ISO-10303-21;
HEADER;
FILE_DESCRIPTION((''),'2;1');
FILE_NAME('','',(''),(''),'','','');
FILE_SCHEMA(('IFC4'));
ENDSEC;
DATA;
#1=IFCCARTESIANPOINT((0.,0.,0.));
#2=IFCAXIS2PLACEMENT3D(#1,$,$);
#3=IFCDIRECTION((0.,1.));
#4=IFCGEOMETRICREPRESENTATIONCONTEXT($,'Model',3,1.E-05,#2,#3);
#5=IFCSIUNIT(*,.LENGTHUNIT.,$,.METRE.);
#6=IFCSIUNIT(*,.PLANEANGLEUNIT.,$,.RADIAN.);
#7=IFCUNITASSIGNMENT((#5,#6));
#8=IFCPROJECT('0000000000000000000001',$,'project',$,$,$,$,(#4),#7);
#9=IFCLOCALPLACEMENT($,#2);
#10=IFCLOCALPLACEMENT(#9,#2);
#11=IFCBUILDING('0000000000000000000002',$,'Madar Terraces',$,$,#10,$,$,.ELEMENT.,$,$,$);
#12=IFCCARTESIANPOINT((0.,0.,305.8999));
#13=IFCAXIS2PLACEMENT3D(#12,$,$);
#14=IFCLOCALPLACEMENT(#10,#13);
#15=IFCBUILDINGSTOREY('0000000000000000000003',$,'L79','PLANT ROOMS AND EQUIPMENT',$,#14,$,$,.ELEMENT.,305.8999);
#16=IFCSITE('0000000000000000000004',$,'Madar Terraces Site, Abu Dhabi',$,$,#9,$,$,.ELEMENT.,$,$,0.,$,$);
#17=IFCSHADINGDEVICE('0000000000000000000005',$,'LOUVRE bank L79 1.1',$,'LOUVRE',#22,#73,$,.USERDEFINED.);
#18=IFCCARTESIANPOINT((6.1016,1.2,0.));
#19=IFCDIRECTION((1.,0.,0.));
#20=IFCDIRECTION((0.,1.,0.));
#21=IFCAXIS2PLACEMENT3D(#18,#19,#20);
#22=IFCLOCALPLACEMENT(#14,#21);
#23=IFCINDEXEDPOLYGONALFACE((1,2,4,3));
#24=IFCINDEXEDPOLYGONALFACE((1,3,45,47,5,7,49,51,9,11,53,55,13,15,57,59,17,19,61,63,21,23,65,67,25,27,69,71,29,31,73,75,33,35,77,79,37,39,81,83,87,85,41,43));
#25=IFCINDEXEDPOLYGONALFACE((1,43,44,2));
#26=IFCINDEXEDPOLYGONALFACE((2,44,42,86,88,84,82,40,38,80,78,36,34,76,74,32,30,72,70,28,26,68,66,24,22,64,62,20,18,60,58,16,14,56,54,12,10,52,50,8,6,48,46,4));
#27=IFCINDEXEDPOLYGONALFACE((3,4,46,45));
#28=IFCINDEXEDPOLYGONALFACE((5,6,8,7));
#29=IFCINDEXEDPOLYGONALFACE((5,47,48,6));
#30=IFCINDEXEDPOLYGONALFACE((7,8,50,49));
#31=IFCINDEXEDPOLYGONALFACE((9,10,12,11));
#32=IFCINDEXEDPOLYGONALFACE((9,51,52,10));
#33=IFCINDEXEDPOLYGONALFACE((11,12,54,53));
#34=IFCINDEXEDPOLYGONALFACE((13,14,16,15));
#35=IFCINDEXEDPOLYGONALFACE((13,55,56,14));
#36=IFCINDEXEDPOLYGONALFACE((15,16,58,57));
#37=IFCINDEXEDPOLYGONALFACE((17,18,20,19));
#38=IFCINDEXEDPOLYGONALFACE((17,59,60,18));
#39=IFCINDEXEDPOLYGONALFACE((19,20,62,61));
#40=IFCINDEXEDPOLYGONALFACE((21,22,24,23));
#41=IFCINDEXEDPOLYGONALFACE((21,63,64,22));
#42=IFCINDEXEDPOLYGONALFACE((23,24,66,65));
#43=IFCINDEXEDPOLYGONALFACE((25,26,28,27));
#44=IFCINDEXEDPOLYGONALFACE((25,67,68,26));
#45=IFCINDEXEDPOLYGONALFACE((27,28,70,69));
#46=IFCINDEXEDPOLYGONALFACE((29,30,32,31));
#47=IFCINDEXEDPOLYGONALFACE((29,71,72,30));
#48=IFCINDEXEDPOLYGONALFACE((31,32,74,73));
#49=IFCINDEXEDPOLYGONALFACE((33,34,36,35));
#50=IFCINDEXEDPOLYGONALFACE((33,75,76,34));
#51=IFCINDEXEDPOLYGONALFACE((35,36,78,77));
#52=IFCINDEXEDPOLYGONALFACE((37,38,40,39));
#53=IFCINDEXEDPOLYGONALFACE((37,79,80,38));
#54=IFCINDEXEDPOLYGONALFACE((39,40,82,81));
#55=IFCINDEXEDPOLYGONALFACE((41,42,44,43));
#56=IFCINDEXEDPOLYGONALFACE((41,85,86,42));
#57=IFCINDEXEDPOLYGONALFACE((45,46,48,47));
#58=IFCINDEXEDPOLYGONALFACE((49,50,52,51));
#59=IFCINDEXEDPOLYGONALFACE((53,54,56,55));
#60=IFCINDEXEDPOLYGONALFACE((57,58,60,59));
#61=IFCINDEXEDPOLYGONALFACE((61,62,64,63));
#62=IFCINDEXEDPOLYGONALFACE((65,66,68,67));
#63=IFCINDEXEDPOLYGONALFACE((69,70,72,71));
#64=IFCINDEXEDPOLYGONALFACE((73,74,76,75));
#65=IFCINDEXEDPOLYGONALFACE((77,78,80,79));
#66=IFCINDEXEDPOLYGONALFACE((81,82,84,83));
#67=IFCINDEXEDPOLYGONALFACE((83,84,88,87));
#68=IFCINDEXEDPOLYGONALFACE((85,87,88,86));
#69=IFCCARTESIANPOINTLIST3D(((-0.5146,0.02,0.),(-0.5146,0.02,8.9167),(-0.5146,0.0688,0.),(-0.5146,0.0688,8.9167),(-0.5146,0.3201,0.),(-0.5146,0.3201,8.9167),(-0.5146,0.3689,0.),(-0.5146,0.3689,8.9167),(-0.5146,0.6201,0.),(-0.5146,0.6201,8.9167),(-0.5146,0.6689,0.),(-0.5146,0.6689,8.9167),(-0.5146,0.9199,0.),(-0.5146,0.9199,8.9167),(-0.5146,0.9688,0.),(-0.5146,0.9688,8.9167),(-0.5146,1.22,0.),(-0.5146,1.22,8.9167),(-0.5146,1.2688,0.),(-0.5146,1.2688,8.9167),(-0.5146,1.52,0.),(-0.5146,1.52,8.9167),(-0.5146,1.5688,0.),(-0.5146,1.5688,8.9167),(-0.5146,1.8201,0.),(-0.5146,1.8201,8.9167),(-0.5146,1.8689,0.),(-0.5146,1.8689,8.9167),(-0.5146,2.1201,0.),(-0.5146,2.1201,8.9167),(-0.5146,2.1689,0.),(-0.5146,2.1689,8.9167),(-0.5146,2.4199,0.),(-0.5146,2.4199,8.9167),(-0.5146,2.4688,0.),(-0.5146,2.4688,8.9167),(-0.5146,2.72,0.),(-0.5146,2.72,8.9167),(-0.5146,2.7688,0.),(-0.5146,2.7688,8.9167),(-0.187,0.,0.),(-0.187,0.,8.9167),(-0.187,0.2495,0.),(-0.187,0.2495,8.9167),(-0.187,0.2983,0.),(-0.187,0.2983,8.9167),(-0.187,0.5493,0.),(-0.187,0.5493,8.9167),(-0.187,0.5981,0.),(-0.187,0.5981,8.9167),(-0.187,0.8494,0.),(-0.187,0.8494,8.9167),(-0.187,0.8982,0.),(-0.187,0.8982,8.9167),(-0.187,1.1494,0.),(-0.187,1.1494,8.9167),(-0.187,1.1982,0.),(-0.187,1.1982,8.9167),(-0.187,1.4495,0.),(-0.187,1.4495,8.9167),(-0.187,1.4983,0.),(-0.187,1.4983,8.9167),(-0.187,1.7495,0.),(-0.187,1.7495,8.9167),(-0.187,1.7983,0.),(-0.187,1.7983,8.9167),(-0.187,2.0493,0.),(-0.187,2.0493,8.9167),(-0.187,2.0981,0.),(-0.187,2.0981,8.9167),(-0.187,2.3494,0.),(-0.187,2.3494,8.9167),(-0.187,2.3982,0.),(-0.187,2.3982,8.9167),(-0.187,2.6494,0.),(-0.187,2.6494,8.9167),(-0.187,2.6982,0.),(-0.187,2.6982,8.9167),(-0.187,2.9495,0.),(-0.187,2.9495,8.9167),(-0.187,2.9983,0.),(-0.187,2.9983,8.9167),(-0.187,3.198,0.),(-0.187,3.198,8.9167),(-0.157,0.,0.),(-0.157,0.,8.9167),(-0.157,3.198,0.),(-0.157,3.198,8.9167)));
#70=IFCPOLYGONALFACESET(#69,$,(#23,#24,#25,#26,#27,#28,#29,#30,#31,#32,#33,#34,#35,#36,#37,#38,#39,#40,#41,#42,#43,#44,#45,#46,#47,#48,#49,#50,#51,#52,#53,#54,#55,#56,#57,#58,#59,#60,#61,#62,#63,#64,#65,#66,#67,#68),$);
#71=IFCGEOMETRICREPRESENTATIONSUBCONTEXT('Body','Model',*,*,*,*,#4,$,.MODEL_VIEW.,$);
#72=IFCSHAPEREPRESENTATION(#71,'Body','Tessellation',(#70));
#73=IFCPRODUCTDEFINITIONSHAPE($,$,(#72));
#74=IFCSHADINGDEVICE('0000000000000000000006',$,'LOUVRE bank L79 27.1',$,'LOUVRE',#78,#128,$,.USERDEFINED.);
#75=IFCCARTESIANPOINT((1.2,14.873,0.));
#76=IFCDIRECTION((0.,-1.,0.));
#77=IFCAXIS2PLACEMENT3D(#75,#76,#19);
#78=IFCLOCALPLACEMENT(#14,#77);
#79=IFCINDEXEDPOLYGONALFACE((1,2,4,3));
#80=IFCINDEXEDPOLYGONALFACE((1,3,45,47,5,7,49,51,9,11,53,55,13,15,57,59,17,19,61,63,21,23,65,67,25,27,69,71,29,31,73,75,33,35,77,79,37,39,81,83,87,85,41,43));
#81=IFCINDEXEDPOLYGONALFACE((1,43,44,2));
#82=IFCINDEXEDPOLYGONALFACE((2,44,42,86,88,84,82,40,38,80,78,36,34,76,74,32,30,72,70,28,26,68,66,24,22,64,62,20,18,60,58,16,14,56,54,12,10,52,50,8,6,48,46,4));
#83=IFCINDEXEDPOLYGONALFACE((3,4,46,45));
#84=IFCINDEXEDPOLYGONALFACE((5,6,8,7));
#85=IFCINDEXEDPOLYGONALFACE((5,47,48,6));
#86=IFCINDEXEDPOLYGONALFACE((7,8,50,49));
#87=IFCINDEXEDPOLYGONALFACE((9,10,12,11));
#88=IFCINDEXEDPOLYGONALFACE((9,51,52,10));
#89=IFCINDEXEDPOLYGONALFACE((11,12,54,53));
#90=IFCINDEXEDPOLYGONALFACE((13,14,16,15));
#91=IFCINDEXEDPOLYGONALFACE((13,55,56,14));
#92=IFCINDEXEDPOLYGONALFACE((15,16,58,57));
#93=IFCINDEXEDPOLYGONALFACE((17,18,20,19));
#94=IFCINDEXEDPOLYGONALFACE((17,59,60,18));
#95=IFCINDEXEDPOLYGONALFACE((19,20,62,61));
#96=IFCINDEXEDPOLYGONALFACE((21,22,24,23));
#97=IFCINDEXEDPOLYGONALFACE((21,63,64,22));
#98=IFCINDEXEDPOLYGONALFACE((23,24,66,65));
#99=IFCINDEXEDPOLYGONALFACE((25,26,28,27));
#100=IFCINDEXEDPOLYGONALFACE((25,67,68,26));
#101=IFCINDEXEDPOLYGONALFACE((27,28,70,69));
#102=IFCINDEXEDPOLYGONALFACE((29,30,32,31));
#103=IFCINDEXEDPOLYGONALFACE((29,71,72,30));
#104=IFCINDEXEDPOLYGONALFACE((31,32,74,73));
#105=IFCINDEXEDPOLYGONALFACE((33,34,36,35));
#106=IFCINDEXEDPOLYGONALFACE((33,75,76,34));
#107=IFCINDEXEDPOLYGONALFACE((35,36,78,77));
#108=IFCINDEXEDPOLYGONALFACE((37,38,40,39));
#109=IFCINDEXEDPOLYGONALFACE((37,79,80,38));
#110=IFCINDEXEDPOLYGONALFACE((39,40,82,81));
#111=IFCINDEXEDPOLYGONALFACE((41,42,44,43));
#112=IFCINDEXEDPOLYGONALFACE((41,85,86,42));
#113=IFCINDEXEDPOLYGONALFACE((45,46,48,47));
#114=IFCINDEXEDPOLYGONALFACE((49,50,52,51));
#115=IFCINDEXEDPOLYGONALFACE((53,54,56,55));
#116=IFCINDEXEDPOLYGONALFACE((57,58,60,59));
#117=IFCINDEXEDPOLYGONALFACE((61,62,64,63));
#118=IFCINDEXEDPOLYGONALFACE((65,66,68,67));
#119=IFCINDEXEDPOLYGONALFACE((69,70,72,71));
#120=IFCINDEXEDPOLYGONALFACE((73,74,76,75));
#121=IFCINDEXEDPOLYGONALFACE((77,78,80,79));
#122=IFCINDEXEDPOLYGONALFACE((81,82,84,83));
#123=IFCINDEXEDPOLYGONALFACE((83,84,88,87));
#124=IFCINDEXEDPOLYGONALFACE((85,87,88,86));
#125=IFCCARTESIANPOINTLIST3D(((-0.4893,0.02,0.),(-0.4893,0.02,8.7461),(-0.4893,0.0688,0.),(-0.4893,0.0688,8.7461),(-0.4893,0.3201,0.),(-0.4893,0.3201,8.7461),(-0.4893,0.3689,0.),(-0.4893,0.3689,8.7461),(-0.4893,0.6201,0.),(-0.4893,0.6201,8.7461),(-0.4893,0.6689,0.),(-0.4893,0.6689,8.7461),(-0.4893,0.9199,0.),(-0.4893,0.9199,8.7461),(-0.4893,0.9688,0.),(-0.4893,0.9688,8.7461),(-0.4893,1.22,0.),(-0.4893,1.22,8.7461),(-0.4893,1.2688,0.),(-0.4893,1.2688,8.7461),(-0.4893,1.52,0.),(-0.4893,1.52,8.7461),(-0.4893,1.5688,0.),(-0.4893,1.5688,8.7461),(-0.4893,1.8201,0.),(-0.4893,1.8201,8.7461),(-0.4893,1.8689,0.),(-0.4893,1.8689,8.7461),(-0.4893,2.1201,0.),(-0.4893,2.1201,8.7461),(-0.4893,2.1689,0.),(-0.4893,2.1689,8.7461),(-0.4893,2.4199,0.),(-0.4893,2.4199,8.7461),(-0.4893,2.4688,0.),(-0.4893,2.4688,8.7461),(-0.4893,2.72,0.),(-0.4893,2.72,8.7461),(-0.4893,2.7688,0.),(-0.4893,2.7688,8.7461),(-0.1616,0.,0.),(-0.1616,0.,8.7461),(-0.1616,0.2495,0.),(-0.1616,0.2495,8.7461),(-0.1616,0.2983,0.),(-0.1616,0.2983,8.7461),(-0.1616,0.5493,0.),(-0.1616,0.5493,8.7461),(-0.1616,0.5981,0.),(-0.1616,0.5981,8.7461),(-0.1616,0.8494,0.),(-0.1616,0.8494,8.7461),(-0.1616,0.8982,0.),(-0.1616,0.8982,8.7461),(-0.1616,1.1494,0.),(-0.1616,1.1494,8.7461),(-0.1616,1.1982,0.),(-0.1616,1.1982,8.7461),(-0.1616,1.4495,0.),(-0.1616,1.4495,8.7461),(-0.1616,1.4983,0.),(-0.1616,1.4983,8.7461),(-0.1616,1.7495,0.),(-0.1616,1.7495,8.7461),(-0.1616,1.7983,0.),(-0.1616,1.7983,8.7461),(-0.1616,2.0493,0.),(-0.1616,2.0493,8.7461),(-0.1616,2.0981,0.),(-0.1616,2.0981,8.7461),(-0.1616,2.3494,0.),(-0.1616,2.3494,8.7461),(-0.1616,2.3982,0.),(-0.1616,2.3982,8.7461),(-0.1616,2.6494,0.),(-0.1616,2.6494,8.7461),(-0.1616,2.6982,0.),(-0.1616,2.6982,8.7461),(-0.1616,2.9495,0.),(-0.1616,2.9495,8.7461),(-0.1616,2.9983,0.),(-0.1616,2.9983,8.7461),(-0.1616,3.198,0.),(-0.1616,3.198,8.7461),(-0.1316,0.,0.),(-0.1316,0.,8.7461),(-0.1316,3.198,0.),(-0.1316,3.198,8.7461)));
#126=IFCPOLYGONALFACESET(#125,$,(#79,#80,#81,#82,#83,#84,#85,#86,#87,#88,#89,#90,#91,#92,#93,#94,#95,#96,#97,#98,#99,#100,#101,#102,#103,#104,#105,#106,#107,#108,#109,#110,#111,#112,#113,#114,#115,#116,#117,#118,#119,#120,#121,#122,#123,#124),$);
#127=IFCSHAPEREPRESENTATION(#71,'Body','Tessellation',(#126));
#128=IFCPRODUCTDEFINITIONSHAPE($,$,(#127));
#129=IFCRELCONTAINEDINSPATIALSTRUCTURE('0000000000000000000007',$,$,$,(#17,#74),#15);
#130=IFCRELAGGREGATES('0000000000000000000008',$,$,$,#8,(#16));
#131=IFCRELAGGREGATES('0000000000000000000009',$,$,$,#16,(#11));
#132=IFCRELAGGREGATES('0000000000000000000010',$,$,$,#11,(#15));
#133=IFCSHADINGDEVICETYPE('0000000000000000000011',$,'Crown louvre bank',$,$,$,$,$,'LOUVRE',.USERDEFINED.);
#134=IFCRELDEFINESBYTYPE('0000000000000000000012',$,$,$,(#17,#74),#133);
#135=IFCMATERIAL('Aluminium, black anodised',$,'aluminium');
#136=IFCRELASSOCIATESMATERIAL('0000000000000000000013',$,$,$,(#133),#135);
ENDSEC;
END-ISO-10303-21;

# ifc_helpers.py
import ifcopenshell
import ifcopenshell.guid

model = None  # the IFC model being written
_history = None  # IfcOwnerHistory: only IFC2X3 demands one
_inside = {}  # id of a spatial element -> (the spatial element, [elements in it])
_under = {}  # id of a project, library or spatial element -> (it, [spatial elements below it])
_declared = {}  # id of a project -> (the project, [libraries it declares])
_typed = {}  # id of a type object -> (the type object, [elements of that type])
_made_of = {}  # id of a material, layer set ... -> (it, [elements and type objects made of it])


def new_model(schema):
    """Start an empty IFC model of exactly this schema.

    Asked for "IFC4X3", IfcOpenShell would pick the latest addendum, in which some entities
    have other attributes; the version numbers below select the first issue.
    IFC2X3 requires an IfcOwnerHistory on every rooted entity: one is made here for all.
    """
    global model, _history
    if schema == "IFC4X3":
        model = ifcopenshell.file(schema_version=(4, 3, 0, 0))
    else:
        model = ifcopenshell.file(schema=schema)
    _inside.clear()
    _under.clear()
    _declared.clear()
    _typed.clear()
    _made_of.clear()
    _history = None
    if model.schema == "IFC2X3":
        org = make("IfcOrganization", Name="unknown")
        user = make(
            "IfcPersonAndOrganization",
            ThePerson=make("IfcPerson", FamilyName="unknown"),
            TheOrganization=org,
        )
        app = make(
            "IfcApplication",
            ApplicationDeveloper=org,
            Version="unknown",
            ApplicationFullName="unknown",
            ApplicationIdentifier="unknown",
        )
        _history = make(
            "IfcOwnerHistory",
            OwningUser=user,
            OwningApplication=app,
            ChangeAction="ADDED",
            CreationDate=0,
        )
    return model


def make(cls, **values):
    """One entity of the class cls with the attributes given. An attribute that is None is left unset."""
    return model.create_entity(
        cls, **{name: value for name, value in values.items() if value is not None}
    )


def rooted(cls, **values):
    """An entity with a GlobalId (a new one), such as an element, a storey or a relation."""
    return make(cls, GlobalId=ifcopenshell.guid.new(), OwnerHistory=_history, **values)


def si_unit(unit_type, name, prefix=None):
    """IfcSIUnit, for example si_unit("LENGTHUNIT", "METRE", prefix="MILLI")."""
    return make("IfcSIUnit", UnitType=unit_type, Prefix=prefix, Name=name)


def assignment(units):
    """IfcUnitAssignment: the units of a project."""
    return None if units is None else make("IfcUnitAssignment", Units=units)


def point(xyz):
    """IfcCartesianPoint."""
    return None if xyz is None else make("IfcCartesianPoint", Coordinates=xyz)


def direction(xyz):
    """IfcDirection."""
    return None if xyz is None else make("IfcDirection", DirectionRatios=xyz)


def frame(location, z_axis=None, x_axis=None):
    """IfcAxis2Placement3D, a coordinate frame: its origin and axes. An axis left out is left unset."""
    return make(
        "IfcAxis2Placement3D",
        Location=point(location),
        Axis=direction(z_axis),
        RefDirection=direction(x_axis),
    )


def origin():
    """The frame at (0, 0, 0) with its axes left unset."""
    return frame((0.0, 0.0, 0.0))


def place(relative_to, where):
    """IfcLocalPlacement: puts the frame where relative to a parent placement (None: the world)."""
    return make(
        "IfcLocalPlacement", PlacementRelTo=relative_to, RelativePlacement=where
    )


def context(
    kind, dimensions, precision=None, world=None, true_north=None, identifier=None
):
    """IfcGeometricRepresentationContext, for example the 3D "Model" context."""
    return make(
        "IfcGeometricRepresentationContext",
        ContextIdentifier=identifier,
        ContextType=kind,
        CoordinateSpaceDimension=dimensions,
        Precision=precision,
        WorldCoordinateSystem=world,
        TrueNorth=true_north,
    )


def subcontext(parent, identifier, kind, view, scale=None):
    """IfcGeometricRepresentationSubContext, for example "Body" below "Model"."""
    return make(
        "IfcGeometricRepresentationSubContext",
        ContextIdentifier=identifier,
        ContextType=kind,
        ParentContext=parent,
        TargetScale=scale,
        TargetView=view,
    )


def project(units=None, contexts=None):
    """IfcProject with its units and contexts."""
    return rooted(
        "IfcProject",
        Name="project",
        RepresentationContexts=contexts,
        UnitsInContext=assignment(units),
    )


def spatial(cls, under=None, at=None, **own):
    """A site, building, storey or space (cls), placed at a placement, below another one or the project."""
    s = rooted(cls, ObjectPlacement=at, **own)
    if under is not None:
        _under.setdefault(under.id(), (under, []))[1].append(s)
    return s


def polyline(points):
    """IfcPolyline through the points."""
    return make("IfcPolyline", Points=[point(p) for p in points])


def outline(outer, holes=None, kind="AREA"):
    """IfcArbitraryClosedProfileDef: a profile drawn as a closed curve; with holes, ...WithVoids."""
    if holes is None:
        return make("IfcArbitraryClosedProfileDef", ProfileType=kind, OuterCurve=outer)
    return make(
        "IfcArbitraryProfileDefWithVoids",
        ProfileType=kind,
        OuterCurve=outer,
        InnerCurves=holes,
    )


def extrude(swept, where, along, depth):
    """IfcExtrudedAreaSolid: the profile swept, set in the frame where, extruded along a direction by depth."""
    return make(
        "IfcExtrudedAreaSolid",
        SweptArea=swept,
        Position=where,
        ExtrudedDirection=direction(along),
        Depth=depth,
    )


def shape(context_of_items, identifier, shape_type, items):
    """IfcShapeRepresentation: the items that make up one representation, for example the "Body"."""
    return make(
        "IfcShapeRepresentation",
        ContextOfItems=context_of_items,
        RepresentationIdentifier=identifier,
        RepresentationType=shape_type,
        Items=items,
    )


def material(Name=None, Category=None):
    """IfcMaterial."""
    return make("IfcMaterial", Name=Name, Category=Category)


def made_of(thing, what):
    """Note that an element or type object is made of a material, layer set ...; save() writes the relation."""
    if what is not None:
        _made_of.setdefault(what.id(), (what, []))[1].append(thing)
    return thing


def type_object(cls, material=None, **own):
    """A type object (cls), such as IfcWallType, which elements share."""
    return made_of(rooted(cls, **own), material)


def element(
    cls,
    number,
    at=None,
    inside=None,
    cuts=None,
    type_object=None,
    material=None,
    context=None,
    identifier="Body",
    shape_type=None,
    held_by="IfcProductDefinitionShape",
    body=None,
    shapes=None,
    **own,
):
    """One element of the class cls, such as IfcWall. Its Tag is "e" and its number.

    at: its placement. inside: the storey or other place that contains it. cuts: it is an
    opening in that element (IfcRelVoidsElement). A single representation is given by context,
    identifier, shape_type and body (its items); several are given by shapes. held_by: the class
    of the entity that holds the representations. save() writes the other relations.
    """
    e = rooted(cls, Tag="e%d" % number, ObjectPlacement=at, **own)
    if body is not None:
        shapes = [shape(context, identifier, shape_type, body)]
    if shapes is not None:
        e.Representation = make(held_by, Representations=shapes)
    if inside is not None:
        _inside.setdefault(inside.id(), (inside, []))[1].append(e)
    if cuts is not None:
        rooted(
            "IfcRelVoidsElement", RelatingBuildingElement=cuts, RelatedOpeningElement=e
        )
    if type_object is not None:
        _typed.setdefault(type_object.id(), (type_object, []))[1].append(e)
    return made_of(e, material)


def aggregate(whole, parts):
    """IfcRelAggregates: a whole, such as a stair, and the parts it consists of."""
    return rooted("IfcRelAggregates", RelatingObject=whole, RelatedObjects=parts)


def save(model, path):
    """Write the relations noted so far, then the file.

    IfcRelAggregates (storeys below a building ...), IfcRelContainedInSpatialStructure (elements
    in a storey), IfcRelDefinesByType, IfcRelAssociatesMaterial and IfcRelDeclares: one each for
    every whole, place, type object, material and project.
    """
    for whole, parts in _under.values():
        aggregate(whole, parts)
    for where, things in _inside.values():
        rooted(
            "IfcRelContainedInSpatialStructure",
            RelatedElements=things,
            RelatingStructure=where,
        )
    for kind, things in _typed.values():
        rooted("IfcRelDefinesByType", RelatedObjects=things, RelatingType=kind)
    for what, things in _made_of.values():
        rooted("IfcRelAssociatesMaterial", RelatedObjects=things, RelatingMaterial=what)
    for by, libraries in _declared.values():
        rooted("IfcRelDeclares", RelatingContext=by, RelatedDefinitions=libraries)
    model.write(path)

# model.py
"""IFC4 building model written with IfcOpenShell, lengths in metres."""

from ifc_helpers import new_model, si_unit, direction, frame, origin, place, context, subcontext, project, spatial, polyline, outline, extrude, material, type_object, element, save


model = new_model("IFC4")

# Units and contexts
model_context = context("Model", 3, precision=1e-05, world=origin(), true_north=direction((0.0, 1.0)))
body_context = subcontext(model_context, "Body", "Model", "MODEL_VIEW")
ifc_project = project(units=[si_unit("LENGTHUNIT", "METRE"), si_unit("PLANEANGLEUNIT", "RADIAN")], contexts=[model_context])

# Site, building, storey
site_placement = place(None, origin())
site = spatial("IfcSite", under=ifc_project, at=site_placement, Name="Madar Terraces Site, Abu Dhabi", CompositionType="ELEMENT", RefElevation=0.0)
building_placement = place(site_placement, origin())
building = spatial("IfcBuilding", under=site, at=building_placement, Name="Madar Terraces", CompositionType="ELEMENT")
storey_placement = place(building_placement, frame((0.0, 0.0, 305.8999)))
storey = spatial("IfcBuildingStorey", under=building, at=storey_placement, Name="L79", Description="PLANT ROOMS AND EQUIPMENT", CompositionType="ELEMENT", Elevation=305.8999)

# Shading devices
ifc_material_1 = material(Name="Aluminium, black anodised", Category="aluminium")
shading_device_type = type_object("IfcShadingDeviceType", Name="Crown louvre bank", ElementType="LOUVRE", PredefinedType="USERDEFINED", material=ifc_material_1)
shading_device_1_placement = place(storey_placement, frame((6.1016, 1.2, 0.0), z_axis=(1.0, 0.0, 0.0), x_axis=(0.0, 1.0, 0.0)))
element("IfcShadingDevice", 1, at=shading_device_1_placement, inside=storey, type_object=shading_device_type, Name="LOUVRE bank L79 1.1", ObjectType="LOUVRE", PredefinedType="USERDEFINED", context=body_context, shape_type="SweptSolid", body=[
    extrude(outline(polyline([(-0.157, 0.0), (-0.187, 0.0), (-0.187, 0.2495), (-0.5146, 0.02), (-0.5146, 0.0688), (-0.187, 0.2983), (-0.187, 0.5493), (-0.5146, 0.3201), (-0.5146, 0.3689), (-0.187, 0.5981), (-0.187, 0.8494), (-0.5146, 0.6201), (-0.5146, 0.6689), (-0.187, 0.8982), (-0.187, 1.1494), (-0.5146, 0.9199), (-0.5146, 0.9688), (-0.187, 1.1982), (-0.187, 1.4495), (-0.5146, 1.22), (-0.5146, 1.2688), (-0.187, 1.4983), (-0.187, 1.7495), (-0.5146, 1.52), (-0.5146, 1.5688), (-0.187, 1.7983), (-0.187, 2.0493), (-0.5146, 1.8201), (-0.5146, 1.8689), (-0.187, 2.0981), (-0.187, 2.3494), (-0.5146, 2.1201), (-0.5146, 2.1689), (-0.187, 2.3982), (-0.187, 2.6494), (-0.5146, 2.4199), (-0.5146, 2.4688), (-0.187, 2.6982), (-0.187, 2.9495), (-0.5146, 2.72), (-0.5146, 2.7688), (-0.187, 2.9983), (-0.187, 3.198), (-0.157, 3.198), (-0.157, 0.0)])), origin(), (0.0, 0.0, 1.0), 8.9167),
])
shading_device_2_placement = place(storey_placement, frame((1.2, 14.873, 0.0), z_axis=(0.0, -1.0, 0.0), x_axis=(1.0, 0.0, 0.0)))
element("IfcShadingDevice", 2, at=shading_device_2_placement, inside=storey, type_object=shading_device_type, Name="LOUVRE bank L79 27.1", ObjectType="LOUVRE", PredefinedType="USERDEFINED", context=body_context, shape_type="SweptSolid", body=[
    extrude(outline(polyline([(-0.1316, 0.0), (-0.1616, 0.0), (-0.1616, 0.2495), (-0.4893, 0.02), (-0.4893, 0.0688), (-0.1616, 0.2983), (-0.1616, 0.5493), (-0.4893, 0.3201), (-0.4893, 0.3689), (-0.1616, 0.5981), (-0.1616, 0.8494), (-0.4893, 0.6201), (-0.4893, 0.6689), (-0.1616, 0.8982), (-0.1616, 1.1494), (-0.4893, 0.9199), (-0.4893, 0.9688), (-0.1616, 1.1982), (-0.1616, 1.4495), (-0.4893, 1.22), (-0.4893, 1.2688), (-0.1616, 1.4983), (-0.1616, 1.7495), (-0.4893, 1.52), (-0.4893, 1.5688), (-0.1616, 1.7983), (-0.1616, 2.0493), (-0.4893, 1.8201), (-0.4893, 1.8689), (-0.1616, 2.0981), (-0.1616, 2.3494), (-0.4893, 2.1201), (-0.4893, 2.1689), (-0.1616, 2.3982), (-0.1616, 2.6494), (-0.4893, 2.4199), (-0.4893, 2.4688), (-0.1616, 2.6982), (-0.1616, 2.9495), (-0.4893, 2.72), (-0.4893, 2.7688), (-0.1616, 2.9983), (-0.1616, 3.198), (-0.1316, 3.198), (-0.1316, 0.0)])), origin(), (0.0, 0.0, 1.0), 8.7461),
])

save(model, "model.ifc")
